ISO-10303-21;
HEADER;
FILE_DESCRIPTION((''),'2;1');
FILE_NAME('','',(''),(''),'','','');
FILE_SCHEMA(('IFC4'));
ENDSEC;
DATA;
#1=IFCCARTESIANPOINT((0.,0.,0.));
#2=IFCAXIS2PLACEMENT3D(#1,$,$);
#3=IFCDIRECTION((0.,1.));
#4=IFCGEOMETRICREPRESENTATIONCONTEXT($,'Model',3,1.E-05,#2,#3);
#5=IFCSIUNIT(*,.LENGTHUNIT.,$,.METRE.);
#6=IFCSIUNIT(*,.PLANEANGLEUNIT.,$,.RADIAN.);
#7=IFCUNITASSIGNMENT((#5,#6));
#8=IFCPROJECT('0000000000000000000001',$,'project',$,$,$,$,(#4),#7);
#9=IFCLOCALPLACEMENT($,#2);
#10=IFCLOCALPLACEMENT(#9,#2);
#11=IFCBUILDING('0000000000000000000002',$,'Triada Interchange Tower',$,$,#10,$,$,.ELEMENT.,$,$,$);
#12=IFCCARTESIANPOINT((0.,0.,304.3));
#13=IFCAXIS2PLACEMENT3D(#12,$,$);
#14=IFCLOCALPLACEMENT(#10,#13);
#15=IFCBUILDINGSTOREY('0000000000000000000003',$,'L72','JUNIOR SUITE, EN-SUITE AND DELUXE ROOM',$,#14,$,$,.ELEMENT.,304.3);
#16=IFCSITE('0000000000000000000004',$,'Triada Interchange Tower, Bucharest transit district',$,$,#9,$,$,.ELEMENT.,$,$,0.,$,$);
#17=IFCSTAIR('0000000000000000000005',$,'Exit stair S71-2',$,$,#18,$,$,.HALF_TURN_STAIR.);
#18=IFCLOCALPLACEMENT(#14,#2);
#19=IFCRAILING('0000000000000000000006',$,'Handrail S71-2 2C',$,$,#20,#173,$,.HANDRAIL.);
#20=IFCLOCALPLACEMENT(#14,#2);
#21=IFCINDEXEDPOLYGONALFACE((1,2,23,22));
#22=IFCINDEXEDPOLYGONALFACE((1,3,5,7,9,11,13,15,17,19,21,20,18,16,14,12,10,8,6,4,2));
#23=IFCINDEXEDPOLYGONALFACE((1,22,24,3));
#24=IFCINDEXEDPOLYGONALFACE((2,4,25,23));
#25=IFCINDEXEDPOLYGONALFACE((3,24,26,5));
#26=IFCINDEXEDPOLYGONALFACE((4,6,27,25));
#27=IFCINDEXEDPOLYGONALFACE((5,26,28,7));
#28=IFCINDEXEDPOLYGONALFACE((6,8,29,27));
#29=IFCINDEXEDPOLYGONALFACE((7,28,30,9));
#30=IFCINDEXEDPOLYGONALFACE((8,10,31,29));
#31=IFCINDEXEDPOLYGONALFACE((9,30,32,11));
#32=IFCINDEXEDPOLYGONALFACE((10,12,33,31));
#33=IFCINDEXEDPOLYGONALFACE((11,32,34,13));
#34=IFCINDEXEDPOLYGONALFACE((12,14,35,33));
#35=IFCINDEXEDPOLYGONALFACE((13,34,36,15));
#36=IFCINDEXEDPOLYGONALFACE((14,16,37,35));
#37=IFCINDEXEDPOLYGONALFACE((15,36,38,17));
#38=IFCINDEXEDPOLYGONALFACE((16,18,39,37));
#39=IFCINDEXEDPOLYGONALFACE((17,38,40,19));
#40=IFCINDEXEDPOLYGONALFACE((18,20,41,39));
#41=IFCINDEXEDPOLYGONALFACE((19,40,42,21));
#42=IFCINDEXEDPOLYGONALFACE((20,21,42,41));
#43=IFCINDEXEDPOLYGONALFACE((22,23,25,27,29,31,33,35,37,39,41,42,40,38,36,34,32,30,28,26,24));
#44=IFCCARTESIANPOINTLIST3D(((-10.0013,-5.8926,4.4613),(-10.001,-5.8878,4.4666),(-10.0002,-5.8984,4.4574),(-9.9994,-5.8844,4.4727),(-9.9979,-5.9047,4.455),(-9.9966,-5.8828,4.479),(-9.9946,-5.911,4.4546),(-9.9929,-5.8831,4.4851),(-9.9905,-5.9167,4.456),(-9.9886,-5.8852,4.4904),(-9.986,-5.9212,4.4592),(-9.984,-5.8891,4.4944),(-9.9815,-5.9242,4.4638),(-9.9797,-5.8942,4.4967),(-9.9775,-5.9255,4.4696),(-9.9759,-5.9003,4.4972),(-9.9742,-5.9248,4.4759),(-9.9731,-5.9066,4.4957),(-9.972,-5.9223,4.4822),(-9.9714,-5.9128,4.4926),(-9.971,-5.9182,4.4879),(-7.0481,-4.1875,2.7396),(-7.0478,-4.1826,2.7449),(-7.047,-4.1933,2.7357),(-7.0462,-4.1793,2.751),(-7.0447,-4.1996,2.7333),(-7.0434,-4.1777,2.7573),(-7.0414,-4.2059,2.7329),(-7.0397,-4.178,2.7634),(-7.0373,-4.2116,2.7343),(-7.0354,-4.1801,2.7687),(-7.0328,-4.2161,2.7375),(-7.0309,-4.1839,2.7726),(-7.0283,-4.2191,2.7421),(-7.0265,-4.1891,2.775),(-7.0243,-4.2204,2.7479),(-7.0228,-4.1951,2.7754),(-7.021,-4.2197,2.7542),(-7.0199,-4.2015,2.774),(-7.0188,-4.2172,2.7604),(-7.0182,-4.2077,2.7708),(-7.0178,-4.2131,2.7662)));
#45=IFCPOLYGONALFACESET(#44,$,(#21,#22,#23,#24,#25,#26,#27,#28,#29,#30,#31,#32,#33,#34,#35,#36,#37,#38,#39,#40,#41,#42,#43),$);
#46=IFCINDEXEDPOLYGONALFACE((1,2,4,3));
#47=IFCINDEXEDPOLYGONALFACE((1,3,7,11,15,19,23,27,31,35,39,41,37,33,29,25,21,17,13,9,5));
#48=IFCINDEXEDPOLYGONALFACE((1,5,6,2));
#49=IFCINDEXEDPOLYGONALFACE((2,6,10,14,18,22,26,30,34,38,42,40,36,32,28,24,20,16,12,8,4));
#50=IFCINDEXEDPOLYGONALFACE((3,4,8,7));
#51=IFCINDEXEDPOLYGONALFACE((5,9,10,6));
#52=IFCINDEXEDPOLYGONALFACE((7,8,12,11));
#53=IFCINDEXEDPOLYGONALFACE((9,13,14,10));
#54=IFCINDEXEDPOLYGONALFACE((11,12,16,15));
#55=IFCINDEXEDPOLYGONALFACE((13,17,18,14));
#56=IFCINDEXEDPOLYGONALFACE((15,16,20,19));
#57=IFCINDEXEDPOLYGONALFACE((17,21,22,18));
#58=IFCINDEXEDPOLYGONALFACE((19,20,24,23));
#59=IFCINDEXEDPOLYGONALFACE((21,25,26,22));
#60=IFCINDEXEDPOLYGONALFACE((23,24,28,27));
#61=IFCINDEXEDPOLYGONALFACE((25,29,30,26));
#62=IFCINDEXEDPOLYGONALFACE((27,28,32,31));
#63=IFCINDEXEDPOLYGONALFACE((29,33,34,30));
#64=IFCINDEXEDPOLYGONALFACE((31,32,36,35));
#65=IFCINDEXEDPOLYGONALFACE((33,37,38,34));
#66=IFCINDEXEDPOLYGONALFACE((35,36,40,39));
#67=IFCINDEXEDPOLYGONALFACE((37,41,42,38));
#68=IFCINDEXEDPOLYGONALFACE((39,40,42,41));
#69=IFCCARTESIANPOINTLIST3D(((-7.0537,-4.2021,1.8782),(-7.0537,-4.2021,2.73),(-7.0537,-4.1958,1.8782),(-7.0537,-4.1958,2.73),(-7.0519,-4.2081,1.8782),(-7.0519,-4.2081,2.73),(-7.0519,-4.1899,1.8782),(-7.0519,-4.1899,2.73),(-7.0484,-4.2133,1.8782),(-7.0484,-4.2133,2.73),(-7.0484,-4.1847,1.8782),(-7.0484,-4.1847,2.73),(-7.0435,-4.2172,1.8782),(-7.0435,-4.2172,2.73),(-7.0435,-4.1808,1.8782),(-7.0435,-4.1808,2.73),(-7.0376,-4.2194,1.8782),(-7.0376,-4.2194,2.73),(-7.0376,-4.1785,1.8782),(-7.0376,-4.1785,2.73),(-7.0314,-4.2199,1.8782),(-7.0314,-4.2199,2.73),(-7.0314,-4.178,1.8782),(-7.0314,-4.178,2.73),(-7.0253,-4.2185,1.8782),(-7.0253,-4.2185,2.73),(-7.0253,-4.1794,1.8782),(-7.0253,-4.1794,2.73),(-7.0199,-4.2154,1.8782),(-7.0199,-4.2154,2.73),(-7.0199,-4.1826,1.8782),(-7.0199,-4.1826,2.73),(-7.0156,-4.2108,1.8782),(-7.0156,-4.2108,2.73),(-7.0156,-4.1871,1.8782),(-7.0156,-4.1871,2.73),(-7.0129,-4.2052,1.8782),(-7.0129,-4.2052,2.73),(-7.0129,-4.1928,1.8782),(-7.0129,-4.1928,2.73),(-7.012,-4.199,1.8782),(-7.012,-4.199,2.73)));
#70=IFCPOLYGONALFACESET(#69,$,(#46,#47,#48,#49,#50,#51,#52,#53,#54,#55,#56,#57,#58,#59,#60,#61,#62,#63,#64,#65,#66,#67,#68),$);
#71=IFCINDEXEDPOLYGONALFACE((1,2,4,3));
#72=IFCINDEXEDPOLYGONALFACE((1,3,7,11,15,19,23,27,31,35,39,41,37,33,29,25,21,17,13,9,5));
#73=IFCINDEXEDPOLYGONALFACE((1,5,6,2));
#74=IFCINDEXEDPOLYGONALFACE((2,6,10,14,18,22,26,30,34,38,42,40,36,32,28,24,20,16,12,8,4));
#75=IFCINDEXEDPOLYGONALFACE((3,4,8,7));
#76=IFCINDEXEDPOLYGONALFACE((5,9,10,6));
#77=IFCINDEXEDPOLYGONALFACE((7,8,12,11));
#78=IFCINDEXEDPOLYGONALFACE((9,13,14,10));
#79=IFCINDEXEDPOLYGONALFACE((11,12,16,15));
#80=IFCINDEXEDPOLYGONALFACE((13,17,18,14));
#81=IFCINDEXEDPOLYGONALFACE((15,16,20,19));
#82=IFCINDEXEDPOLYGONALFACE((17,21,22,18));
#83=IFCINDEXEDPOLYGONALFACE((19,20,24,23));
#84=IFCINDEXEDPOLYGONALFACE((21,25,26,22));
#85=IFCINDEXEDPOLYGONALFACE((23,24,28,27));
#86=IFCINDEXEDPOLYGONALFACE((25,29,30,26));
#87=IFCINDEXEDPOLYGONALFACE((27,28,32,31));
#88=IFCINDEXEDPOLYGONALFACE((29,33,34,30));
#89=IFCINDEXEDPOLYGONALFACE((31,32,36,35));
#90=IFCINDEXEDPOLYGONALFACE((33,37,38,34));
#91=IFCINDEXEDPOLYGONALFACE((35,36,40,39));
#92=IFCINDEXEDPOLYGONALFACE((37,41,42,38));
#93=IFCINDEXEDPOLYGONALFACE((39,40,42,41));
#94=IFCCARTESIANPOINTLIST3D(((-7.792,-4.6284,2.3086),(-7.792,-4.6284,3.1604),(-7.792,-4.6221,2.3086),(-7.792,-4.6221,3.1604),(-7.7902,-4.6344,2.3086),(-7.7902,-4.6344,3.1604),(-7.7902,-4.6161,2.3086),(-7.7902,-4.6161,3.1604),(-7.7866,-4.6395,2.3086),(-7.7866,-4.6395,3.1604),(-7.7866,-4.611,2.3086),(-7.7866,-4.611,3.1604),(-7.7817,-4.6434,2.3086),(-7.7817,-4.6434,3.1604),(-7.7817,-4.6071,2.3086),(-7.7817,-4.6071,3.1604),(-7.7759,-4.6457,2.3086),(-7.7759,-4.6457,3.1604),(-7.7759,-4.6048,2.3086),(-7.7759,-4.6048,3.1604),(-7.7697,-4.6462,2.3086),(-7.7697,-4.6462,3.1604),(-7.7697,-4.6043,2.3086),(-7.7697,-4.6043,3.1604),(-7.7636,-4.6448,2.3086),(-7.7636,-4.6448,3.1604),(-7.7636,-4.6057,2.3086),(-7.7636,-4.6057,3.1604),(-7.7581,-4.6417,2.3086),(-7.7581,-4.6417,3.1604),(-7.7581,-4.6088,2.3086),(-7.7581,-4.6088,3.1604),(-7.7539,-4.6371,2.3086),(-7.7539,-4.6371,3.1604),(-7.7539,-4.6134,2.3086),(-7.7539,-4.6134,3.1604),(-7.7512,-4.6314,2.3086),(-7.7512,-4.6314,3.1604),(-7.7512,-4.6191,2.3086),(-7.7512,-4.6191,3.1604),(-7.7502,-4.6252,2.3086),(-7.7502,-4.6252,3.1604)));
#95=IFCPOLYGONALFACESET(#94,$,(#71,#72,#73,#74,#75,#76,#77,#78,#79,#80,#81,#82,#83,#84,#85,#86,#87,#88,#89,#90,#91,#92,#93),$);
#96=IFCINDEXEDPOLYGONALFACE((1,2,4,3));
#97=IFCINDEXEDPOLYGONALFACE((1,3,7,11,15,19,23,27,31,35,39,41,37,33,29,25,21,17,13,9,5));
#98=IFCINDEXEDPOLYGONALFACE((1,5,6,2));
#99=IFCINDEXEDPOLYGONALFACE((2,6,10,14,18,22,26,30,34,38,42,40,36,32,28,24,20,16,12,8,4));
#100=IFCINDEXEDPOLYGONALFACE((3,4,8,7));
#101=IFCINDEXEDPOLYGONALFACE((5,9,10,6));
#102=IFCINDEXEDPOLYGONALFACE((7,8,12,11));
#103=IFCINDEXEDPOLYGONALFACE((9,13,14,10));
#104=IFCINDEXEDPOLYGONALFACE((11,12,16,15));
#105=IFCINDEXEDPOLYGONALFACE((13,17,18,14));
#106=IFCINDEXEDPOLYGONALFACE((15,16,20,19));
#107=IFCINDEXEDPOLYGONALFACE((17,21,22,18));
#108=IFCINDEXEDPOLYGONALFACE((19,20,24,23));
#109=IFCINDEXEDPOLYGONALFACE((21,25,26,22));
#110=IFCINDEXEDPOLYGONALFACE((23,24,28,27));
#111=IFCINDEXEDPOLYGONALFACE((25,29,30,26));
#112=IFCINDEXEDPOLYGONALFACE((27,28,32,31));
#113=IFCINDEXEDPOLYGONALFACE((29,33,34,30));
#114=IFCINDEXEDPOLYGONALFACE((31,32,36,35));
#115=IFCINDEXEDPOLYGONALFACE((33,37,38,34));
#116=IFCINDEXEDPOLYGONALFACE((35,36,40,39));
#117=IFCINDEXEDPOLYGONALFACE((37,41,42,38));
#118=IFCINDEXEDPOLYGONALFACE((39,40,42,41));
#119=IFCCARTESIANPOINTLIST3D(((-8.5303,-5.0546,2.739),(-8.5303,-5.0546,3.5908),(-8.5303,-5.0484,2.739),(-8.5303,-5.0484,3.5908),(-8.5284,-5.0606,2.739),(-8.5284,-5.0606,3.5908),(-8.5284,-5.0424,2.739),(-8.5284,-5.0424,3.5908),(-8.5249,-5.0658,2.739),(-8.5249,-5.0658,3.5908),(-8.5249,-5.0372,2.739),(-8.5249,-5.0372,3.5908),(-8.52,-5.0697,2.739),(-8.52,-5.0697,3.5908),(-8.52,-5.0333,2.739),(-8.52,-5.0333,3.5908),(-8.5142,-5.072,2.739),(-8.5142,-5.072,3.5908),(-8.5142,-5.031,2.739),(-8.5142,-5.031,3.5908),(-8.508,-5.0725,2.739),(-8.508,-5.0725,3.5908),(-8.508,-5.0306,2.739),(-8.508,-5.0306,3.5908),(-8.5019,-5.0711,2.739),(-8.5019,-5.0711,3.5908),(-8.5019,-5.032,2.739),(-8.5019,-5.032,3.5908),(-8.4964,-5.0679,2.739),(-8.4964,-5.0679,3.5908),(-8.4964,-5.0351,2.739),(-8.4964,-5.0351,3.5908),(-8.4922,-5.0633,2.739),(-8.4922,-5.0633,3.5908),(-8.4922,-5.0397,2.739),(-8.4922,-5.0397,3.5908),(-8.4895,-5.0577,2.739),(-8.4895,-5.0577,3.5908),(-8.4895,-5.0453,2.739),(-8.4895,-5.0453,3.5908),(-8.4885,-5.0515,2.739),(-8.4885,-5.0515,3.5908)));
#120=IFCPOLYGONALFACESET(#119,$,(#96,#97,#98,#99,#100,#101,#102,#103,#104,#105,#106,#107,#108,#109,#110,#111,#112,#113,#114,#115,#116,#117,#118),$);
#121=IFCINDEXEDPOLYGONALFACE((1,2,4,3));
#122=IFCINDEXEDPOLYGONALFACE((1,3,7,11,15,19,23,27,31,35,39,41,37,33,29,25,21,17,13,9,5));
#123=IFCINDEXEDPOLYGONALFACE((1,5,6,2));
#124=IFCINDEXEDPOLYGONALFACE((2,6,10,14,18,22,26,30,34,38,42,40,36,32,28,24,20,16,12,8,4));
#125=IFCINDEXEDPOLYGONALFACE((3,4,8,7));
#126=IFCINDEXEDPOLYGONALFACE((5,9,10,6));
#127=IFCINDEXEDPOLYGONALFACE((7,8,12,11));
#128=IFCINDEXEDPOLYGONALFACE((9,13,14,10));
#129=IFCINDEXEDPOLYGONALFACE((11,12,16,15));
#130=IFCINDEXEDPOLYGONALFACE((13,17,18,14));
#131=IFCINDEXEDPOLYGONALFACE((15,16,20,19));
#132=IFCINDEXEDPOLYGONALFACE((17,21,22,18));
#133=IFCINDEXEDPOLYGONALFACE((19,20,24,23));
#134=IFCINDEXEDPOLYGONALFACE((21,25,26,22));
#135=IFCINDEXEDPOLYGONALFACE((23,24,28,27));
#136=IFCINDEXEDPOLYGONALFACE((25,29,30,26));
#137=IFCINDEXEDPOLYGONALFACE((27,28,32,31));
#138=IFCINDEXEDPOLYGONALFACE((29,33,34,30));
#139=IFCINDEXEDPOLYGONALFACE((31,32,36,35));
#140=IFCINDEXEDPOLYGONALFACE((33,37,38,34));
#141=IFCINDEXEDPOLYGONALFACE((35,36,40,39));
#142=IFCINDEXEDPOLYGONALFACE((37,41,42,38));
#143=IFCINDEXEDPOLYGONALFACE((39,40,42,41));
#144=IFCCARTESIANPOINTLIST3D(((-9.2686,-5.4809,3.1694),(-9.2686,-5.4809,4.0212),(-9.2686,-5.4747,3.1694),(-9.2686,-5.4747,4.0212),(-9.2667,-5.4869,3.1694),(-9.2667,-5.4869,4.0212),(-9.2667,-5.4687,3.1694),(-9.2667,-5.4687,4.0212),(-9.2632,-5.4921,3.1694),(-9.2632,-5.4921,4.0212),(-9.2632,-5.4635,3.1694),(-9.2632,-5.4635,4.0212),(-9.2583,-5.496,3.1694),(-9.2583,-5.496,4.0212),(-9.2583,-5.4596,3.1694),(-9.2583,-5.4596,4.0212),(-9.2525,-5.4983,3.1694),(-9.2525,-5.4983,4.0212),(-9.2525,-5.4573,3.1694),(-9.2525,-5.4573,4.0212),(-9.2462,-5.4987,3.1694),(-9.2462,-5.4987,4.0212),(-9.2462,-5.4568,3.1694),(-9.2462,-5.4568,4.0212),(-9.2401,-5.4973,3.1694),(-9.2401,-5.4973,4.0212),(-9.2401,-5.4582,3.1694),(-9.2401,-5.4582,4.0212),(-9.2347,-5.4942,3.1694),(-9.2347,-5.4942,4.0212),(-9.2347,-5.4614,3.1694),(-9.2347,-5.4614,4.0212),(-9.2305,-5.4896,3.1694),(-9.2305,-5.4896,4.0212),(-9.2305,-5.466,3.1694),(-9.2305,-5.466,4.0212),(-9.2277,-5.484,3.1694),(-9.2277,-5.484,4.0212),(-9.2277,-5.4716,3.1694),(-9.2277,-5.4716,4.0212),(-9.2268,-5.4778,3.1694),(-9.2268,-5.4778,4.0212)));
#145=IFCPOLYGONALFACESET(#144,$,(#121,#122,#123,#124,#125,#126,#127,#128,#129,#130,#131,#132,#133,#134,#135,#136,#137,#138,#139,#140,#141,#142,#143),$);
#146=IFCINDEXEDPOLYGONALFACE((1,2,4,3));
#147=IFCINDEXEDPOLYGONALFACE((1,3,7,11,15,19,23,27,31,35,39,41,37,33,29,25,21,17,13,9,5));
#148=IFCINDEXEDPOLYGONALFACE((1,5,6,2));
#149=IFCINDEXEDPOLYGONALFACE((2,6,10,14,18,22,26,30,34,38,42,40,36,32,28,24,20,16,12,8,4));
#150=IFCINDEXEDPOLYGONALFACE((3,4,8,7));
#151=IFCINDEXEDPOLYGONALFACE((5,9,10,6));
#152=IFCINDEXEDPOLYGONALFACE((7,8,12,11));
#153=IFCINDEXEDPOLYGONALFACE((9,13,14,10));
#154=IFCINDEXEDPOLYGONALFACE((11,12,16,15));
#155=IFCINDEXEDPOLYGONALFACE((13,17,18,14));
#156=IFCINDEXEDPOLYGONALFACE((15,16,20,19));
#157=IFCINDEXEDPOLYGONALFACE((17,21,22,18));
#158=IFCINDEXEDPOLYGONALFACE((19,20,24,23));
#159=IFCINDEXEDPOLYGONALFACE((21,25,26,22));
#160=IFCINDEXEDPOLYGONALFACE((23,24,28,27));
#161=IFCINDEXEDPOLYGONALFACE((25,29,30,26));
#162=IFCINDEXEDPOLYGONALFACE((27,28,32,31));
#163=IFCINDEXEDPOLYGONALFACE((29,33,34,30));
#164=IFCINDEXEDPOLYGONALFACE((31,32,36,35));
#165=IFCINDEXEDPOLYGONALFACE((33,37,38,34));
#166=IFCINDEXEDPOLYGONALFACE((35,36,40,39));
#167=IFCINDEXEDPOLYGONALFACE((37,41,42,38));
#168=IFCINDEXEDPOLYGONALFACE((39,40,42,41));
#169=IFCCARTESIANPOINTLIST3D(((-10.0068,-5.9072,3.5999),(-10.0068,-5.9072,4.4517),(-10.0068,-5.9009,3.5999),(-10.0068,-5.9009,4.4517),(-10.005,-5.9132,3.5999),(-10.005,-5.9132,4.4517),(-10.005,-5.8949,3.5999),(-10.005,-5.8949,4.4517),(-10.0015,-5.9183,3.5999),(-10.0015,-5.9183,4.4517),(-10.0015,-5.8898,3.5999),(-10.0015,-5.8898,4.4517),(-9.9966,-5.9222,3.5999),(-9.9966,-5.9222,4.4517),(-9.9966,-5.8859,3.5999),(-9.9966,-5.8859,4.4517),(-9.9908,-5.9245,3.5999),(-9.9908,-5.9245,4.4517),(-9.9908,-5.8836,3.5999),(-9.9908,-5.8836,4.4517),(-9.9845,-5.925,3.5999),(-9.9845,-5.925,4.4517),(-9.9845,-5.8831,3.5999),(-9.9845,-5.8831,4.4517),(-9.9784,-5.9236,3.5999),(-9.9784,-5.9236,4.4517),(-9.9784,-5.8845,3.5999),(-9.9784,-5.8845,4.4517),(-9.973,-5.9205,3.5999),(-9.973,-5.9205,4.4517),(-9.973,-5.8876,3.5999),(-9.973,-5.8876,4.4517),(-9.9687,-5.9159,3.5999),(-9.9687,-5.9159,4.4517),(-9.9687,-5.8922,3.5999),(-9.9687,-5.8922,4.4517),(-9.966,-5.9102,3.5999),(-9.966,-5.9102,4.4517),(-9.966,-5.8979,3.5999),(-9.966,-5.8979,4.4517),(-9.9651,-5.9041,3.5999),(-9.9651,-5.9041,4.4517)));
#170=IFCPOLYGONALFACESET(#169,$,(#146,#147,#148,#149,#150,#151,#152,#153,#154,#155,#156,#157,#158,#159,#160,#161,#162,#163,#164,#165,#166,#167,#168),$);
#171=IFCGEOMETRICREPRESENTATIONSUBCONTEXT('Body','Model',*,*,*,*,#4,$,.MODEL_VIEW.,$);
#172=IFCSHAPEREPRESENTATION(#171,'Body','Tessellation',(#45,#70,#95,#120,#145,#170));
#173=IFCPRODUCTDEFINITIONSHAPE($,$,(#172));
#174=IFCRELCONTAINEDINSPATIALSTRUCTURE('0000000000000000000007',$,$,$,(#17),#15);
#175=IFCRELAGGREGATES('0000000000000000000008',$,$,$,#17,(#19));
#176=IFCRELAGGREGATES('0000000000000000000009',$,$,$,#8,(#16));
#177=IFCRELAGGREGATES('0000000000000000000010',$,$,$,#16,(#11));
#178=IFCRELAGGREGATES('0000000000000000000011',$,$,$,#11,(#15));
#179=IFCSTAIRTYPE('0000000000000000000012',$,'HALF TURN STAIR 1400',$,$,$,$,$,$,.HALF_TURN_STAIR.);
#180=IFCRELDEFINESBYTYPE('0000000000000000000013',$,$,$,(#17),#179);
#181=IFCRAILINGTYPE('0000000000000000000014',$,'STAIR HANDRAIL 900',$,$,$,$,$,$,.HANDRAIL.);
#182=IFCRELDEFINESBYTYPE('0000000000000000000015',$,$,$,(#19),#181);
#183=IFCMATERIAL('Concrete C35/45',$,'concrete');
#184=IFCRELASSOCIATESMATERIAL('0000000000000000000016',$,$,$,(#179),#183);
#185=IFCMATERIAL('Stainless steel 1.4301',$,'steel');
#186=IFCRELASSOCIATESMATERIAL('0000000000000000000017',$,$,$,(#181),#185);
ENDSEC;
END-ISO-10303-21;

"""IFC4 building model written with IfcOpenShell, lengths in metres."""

from ifc_helpers import new_model, si_unit, direction, frame, origin, origin_2d, place, context, subcontext, project, spatial, circle, extrude, material, type_object, element, aggregate, save


model = new_model("IFC4")

# Units and contexts
model_context = context("Model", 3, precision=1e-05, world=origin(), true_north=direction((0.0, 1.0)))
body_context = subcontext(model_context, "Body", "Model", "MODEL_VIEW")
ifc_project = project(units=[si_unit("LENGTHUNIT", "METRE"), si_unit("PLANEANGLEUNIT", "RADIAN")], contexts=[model_context])

# Site, building, storey
site_placement = place(None, origin())
site = spatial("IfcSite", under=ifc_project, at=site_placement, Name="Triada Interchange Tower, Bucharest transit district", CompositionType="ELEMENT", RefElevation=0.0)
building_placement = place(site_placement, origin())
building = spatial("IfcBuilding", under=site, at=building_placement, Name="Triada Interchange Tower", CompositionType="ELEMENT")
storey_placement = place(building_placement, frame((0.0, 0.0, 304.3)))
storey = spatial("IfcBuildingStorey", under=building, at=storey_placement, Name="L72", Description="JUNIOR SUITE, EN-SUITE AND DELUXE ROOM", CompositionType="ELEMENT", Elevation=304.3)

# Stair, railing
ifc_material_1 = material(Name="Concrete C35/45", Category="concrete")
stair_type = type_object("IfcStairType", Name="HALF TURN STAIR 1400", PredefinedType="HALF_TURN_STAIR", material=ifc_material_1)
stair_placement = place(storey_placement, origin())
stair = element("IfcStair", 1, at=stair_placement, inside=storey, type_object=stair_type, Name="Exit stair S71-2", PredefinedType="HALF_TURN_STAIR")
ifc_material_2 = material(Name="Stainless steel 1.4301", Category="steel")
railing_type = type_object("IfcRailingType", Name="STAIR HANDRAIL 900", PredefinedType="HANDRAIL", material=ifc_material_2)
railing_1_placement = place(storey_placement, frame((-7.033, -4.199, 1.8782)))
railing_1 = element("IfcRailing", 2, at=railing_1_placement, type_object=railing_type, Name="Handrail S71-2 2C", PredefinedType="HANDRAIL", context=body_context, shape_type="SweptSolid", body=[
    extrude(circle(Radius=0.0239, at=origin_2d()), frame((0.0, 0.0, 0.876), z_axis=(-0.773069, -0.446355, 0.450701), x_axis=(0.50002, -0.866014, 0.0)), (0.0, 0.0, 1.0), 3.8201),
    extrude(circle(Radius=0.021, at=origin_2d()), origin(), (0.0, 0.0, 1.0), 0.8518),
    extrude(circle(Radius=0.021, at=origin_2d()), frame((-0.7383, -0.4263, 0.4304)), (0.0, 0.0, 1.0), 0.8518),
    extrude(circle(Radius=0.021, at=origin_2d()), frame((-1.4766, -0.8525, 0.8608)), (0.0, 0.0, 1.0), 0.8518),
    extrude(circle(Radius=0.021, at=origin_2d()), frame((-2.2148, -1.2788, 1.2913)), (0.0, 0.0, 1.0), 0.8518),
    extrude(circle(Radius=0.021, at=origin_2d()), frame((-2.9531, -1.7051, 1.7217)), (0.0, 0.0, 1.0), 0.8518),
])
aggregate(stair, [railing_1])

save(model, "model.ifc")
